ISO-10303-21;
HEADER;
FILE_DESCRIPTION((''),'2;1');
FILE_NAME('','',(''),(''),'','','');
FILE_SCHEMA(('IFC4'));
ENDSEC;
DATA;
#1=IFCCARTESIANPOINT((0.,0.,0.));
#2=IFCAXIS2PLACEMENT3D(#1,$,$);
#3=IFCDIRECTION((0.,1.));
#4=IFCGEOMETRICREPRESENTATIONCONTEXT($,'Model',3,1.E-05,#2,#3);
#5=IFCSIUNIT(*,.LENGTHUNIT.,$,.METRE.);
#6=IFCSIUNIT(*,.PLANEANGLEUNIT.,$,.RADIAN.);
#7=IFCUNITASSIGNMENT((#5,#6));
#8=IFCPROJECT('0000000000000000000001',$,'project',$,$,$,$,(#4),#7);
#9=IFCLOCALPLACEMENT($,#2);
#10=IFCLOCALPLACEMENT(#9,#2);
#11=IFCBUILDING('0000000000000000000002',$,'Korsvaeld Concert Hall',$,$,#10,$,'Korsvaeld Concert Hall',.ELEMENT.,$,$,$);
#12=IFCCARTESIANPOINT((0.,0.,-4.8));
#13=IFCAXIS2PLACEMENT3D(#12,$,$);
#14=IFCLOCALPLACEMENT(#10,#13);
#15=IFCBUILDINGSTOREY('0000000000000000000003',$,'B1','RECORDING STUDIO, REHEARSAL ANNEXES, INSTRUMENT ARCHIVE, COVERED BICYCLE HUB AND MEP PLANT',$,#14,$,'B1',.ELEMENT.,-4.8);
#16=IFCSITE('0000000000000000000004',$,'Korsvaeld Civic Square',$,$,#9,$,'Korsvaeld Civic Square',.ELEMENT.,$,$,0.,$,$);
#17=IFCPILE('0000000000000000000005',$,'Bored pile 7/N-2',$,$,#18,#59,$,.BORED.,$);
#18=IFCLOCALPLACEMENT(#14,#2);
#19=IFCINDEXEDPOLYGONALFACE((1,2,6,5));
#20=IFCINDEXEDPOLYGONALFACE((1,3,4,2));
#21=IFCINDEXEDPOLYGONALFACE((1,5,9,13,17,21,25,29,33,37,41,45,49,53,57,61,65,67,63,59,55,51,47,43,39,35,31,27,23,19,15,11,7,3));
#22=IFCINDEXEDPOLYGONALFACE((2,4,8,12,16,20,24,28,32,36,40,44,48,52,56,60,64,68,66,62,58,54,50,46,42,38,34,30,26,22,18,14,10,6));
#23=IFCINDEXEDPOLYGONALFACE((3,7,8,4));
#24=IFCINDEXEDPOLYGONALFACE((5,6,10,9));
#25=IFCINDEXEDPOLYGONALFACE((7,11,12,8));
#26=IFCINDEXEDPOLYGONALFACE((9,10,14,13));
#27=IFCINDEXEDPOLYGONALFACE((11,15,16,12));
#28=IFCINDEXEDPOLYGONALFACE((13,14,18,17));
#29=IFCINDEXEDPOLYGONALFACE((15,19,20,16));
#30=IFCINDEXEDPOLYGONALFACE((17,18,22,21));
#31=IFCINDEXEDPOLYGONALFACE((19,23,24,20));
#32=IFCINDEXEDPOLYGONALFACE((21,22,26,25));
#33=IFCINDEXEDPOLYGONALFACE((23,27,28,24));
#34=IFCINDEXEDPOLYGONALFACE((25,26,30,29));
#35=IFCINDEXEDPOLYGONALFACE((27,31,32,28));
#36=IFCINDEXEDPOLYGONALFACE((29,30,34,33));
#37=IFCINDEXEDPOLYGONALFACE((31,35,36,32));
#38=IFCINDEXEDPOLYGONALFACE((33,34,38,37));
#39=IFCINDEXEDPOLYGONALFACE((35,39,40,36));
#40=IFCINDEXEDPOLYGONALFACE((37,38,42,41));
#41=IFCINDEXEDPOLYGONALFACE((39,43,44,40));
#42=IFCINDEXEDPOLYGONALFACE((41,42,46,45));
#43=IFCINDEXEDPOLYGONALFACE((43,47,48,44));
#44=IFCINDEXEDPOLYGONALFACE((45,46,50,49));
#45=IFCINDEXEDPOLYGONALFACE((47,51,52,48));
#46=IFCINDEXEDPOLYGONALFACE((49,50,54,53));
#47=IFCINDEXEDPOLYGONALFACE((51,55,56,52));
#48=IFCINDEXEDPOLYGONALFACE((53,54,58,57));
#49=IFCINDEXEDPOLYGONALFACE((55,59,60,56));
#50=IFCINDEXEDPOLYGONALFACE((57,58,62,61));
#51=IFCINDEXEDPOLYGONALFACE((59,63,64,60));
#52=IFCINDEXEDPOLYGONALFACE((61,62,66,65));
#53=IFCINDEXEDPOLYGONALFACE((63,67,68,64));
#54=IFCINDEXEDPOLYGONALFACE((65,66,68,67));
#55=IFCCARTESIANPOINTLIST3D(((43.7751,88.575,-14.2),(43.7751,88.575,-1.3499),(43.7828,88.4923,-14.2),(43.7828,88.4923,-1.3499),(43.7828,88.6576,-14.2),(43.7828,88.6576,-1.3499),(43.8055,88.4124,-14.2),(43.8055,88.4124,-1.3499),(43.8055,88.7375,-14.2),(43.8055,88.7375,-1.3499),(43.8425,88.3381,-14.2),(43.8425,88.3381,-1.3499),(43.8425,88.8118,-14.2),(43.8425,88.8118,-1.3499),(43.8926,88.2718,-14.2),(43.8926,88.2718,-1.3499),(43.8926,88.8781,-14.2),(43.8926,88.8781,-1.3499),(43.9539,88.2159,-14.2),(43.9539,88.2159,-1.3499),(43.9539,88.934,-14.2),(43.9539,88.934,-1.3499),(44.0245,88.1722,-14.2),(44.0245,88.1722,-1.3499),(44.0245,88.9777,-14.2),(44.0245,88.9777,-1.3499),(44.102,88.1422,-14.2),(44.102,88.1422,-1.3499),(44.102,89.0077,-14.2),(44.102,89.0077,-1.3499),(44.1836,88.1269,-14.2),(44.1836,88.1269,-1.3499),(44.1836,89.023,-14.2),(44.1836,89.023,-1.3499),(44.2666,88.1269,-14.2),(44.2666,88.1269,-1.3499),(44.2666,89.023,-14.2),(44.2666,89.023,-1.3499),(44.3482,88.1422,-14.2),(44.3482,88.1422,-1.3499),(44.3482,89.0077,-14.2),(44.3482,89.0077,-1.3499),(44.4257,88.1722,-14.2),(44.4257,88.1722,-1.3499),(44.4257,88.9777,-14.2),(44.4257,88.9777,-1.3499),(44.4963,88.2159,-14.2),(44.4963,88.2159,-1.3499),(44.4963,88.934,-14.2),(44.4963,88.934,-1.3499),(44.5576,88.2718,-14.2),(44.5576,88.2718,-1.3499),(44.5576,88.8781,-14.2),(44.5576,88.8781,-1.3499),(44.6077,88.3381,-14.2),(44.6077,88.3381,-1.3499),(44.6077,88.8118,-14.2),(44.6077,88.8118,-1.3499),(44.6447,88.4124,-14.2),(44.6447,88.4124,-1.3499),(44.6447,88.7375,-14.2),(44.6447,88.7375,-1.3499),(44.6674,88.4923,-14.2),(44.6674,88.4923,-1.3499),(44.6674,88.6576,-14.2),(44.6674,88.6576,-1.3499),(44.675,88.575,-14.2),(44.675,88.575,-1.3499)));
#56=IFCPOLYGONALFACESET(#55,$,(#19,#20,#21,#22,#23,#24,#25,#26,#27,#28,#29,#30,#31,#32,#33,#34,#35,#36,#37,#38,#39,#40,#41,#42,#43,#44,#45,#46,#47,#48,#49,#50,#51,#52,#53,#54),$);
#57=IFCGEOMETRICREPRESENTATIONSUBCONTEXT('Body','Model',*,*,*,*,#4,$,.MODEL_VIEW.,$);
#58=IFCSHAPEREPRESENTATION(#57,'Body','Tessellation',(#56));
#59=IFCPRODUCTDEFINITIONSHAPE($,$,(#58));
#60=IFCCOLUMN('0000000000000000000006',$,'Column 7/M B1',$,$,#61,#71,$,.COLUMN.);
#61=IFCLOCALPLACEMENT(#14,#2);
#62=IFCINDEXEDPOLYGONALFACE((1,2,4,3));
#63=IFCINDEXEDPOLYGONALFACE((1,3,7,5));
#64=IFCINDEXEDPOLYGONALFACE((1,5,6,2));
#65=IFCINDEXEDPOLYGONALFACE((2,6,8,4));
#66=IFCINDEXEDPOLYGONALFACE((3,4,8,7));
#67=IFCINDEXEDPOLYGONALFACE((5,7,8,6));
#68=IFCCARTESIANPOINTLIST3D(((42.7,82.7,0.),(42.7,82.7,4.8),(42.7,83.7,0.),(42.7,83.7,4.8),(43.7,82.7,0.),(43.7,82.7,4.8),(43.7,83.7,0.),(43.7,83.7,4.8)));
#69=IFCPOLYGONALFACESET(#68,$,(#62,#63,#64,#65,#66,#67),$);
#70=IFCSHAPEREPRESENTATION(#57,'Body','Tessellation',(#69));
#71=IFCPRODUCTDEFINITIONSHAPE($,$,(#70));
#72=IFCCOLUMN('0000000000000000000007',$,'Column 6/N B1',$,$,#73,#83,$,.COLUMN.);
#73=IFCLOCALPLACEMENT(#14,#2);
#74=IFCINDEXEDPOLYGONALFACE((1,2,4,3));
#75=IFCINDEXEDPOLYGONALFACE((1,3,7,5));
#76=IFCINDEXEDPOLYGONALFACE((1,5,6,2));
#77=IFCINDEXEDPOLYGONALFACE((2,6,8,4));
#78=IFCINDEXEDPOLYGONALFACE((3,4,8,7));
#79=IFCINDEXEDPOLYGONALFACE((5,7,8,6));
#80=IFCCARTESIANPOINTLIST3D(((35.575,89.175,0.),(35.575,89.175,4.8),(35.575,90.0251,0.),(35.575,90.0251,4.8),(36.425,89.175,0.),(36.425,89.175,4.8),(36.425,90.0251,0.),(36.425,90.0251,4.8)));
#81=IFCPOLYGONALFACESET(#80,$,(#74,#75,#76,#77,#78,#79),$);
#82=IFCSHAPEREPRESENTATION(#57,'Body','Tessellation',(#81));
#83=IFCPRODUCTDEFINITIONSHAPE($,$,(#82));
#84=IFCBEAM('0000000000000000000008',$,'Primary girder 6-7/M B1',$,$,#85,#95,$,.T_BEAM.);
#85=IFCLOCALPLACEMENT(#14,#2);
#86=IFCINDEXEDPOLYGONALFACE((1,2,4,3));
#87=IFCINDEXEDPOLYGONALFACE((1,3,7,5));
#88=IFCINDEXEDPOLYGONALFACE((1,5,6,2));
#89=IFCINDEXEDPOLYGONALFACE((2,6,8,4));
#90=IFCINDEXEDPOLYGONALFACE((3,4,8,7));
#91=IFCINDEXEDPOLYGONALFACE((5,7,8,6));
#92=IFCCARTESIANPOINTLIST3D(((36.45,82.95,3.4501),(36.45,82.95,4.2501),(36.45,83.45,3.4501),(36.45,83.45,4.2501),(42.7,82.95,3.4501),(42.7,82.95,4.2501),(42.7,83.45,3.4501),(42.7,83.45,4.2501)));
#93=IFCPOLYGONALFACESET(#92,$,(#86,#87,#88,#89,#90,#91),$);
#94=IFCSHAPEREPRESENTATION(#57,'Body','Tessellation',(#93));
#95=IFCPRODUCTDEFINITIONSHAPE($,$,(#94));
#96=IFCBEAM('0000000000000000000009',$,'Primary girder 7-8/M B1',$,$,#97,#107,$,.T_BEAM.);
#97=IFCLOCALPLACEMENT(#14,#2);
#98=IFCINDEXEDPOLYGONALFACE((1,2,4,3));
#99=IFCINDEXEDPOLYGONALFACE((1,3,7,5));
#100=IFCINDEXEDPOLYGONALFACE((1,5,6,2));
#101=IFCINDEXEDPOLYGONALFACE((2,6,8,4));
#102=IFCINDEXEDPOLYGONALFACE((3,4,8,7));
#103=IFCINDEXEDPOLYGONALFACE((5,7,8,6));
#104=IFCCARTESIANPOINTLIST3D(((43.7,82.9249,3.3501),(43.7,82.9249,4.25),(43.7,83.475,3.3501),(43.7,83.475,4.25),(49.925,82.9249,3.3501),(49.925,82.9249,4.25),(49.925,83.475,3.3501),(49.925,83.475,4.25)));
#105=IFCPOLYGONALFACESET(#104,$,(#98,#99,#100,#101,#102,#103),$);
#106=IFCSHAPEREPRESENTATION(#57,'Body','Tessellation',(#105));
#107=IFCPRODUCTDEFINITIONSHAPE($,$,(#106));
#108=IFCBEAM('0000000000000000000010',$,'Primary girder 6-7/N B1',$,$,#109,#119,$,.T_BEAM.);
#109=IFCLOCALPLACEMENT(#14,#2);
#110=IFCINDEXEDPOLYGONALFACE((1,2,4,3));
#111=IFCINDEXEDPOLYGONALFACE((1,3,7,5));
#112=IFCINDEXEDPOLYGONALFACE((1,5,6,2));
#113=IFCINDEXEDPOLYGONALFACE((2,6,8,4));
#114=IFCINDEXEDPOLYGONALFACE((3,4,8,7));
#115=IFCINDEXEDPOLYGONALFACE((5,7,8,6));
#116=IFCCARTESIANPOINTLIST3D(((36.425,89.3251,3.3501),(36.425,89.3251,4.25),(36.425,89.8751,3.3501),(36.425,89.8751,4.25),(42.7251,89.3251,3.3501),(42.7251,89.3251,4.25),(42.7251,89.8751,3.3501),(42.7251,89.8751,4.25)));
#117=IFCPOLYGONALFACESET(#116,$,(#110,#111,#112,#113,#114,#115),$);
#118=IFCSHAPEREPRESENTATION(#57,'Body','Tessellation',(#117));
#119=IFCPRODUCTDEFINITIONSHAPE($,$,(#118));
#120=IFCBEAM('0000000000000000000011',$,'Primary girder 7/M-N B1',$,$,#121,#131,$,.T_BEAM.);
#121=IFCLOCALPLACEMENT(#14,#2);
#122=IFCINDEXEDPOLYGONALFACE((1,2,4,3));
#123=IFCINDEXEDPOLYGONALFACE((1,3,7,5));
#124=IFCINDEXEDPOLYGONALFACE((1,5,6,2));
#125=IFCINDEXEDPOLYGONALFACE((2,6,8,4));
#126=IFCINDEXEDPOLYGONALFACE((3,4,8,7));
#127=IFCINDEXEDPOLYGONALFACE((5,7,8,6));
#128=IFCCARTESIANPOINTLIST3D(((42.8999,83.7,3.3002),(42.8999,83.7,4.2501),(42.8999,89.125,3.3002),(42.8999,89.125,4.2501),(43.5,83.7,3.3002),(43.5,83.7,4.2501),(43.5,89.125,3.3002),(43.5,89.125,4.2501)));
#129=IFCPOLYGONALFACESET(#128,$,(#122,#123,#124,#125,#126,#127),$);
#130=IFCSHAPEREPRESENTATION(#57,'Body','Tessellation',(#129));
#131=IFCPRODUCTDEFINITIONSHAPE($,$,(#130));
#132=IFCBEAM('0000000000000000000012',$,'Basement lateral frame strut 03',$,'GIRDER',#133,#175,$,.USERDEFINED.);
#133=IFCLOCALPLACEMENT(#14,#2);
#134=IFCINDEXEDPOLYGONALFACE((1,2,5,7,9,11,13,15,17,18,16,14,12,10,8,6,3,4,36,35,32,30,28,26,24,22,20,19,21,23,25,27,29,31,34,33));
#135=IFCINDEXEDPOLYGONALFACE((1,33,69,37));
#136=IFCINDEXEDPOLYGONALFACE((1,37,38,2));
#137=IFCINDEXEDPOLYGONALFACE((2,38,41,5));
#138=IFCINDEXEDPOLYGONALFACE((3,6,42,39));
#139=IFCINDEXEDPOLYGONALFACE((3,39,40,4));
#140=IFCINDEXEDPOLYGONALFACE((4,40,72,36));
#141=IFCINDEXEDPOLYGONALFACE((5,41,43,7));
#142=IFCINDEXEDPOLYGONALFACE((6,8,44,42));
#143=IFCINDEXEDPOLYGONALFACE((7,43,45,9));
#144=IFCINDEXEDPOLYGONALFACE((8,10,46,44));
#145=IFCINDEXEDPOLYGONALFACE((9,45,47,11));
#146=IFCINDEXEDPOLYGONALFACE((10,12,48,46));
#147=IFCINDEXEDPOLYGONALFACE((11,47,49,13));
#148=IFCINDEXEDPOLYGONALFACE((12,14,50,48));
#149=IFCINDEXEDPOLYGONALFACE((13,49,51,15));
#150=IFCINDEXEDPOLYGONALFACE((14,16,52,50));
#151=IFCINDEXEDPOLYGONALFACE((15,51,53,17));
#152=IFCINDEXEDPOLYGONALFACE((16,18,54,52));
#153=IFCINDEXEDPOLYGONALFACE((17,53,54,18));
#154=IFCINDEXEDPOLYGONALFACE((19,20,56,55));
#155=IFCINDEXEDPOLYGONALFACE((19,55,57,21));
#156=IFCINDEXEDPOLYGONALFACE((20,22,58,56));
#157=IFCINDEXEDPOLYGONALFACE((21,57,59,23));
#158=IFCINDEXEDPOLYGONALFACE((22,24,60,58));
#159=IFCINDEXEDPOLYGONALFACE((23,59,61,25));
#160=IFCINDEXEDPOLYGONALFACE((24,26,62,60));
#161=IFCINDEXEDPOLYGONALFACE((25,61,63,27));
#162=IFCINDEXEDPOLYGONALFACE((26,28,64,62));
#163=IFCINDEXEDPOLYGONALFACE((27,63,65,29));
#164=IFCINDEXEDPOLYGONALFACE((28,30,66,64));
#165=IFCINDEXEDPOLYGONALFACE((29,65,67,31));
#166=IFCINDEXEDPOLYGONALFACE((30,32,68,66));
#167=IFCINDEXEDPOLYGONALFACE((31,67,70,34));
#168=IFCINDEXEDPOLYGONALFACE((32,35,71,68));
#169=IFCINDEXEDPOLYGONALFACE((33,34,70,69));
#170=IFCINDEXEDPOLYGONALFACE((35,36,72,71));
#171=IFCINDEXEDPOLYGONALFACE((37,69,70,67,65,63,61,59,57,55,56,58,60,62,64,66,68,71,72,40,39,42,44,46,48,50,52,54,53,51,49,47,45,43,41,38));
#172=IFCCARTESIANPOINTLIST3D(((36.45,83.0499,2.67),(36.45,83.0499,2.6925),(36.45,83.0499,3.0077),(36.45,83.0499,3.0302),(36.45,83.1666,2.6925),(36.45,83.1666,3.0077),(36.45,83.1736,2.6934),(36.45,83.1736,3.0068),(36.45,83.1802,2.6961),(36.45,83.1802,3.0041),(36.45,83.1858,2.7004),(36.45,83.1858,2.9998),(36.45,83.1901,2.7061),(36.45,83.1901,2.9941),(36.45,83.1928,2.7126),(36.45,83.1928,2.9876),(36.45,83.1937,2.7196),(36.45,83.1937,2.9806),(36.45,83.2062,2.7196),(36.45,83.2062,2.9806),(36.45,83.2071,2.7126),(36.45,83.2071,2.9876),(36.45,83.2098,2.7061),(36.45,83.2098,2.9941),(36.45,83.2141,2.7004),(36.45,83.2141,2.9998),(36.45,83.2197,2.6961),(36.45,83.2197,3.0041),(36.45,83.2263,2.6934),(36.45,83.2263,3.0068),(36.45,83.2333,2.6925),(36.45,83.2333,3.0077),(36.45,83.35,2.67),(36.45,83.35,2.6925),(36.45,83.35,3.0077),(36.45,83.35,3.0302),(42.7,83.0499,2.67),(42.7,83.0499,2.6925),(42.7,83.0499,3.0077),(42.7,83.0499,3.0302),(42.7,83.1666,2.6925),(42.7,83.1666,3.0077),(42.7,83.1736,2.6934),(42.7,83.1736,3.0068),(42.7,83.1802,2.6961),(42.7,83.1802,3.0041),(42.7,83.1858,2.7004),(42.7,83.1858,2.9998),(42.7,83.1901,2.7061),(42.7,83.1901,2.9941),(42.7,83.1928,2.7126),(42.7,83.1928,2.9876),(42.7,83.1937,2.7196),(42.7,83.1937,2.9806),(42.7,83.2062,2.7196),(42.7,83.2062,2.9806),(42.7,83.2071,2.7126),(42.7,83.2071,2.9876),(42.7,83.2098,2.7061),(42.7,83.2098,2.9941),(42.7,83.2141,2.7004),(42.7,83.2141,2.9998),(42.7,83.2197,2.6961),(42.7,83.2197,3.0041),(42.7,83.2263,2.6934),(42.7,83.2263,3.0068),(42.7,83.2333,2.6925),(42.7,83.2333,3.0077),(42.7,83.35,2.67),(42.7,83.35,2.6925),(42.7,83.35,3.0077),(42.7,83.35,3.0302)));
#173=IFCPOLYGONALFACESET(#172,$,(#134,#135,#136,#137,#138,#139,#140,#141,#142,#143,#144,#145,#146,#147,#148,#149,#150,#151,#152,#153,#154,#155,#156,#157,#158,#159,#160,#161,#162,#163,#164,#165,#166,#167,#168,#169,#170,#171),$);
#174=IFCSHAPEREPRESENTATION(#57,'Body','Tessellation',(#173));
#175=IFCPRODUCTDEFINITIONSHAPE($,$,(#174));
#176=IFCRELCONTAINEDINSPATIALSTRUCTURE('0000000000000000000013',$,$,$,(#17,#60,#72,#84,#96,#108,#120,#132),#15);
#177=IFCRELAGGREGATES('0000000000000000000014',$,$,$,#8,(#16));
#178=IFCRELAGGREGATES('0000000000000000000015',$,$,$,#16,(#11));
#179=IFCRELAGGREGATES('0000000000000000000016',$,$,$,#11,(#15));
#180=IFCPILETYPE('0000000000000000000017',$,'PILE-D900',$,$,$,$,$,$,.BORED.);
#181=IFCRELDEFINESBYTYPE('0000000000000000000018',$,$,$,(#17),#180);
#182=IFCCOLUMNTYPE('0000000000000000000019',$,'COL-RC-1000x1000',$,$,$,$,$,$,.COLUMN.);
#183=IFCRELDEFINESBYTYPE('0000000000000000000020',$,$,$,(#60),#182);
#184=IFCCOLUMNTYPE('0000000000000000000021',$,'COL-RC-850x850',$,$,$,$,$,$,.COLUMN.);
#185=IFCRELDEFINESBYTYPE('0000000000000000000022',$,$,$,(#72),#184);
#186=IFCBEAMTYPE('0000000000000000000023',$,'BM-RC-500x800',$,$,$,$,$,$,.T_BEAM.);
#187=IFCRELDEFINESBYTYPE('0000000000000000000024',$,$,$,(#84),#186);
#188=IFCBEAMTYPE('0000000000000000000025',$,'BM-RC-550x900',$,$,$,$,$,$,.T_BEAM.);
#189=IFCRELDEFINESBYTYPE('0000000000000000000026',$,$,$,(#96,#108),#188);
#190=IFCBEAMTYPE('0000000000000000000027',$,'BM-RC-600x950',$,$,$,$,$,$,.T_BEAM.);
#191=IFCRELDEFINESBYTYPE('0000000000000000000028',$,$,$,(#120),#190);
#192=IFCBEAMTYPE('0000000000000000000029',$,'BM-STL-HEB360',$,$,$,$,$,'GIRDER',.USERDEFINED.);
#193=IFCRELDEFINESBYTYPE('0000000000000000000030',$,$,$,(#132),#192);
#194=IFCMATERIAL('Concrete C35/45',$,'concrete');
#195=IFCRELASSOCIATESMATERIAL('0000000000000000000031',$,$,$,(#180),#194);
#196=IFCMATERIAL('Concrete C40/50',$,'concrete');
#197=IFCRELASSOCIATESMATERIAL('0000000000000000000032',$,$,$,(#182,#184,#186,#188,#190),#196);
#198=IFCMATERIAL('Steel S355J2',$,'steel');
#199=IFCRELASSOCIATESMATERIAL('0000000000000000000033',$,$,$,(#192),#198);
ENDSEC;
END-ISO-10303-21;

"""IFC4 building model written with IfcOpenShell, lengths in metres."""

from ifc_helpers import new_model, si_unit, direction, frame, origin, origin_2d, place, context, subcontext, project, spatial, rectangle, circle, i_section, extrude, material, material_profile, profile_set, type_object, element, save


model = new_model("IFC4")

# Units and contexts
model_context = context("Model", 3, precision=1e-05, world=origin(), true_north=direction((0.0, 1.0)))
body_context = subcontext(model_context, "Body", "Model", "MODEL_VIEW")
ifc_project = project(units=[si_unit("LENGTHUNIT", "METRE"), si_unit("PLANEANGLEUNIT", "RADIAN")], contexts=[model_context])

# Site, building, storey
site_placement = place(None, origin())
site = spatial("IfcSite", under=ifc_project, at=site_placement, Name="Korsvaeld Civic Square", LongName="Korsvaeld Civic Square", CompositionType="ELEMENT", RefElevation=0.0)
building_placement = place(site_placement, origin())
building = spatial("IfcBuilding", under=site, at=building_placement, Name="Korsvaeld Concert Hall", LongName="Korsvaeld Concert Hall", CompositionType="ELEMENT")
storey_placement = place(building_placement, frame((0.0, 0.0, -4.8)))
storey = spatial("IfcBuildingStorey", under=building, at=storey_placement, Name="B1", Description="RECORDING STUDIO, REHEARSAL ANNEXES, INSTRUMENT ARCHIVE, COVERED BICYCLE HUB AND MEP PLANT", LongName="B1", CompositionType="ELEMENT", Elevation=-4.8)

# Shared definitions
ifc_material_1 = material(Name="Concrete C35/45", Category="concrete")

# Pile
ifc_material_2 = material(Name="Concrete C40/50", Category="concrete")
ifc_material_profile_1 = material_profile(ifc_material_1, circle(Radius=0.45, at=origin_2d()), Name="BORED PILE D900")
ifc_profile_set_1 = profile_set([ifc_material_profile_1], Name="Concrete C35/45")
pile_type_1 = type_object("IfcPileType", Name="PILE-D900", PredefinedType="BORED", material=ifc_profile_set_1)
for number, where, z_axis, x_axis, name in (
    (1, (44.2251, 88.575, -1.3499), (0.0, 0.0, -1.0), (1.0, 0.0, 0.0), "Bored pile 7/N-2"),
):
    element("IfcPile", number, at=place(storey_placement, frame(where, z_axis=z_axis, x_axis=x_axis)), inside=storey, type_object=pile_type_1, Name=name, PredefinedType="BORED", context=body_context, shape_type="SweptSolid", body=[
        extrude(circle(Radius=0.45, at=origin_2d()), origin(), (0.0, 0.0, 1.0), 12.8501),
    ])

# Columns
ifc_material_profile_2 = material_profile(ifc_material_2, rectangle(XDim=1.0, YDim=1.0, at=origin_2d()), Name="RC 1000x1000")
ifc_profile_set_2 = profile_set([ifc_material_profile_2], Name="Concrete C40/50")
column_type_1 = type_object("IfcColumnType", Name="COL-RC-1000x1000", PredefinedType="COLUMN", material=ifc_profile_set_2)
column_1_placement = place(storey_placement, frame((43.2, 83.2, 0.0), z_axis=(0.0, 0.0, 1.0), x_axis=(1.0, 0.0, 0.0)))
element("IfcColumn", 2, at=column_1_placement, inside=storey, type_object=column_type_1, Name="Column 7/M B1", PredefinedType="COLUMN", context=body_context, shape_type="SweptSolid", body=[
    extrude(rectangle(XDim=1.0, YDim=1.0, at=origin_2d()), origin(), (0.0, 0.0, 1.0), 4.8),
])
ifc_material_profile_3 = material_profile(ifc_material_2, rectangle(XDim=0.8501, YDim=0.8501, at=origin_2d()), Name="RC 850x850")
ifc_profile_set_3 = profile_set([ifc_material_profile_3], Name="Concrete C40/50")
column_type_2 = type_object("IfcColumnType", Name="COL-RC-850x850", PredefinedType="COLUMN", material=ifc_profile_set_3)
column_2_placement = place(storey_placement, frame((36.0, 89.6001, 0.0), z_axis=(0.0, 0.0, 1.0), x_axis=(1.0, 0.0, 0.0)))
element("IfcColumn", 3, at=column_2_placement, inside=storey, type_object=column_type_2, Name="Column 6/N B1", PredefinedType="COLUMN", context=body_context, shape_type="SweptSolid", body=[
    extrude(rectangle(XDim=0.8501, YDim=0.8501, at=origin_2d()), origin(), (0.0, 0.0, 1.0), 4.8),
])

# Beams
ifc_material_profile_4 = material_profile(ifc_material_2, rectangle(XDim=0.5, YDim=0.8, at=origin_2d()), Name="RC 500x800")
ifc_profile_set_4 = profile_set([ifc_material_profile_4], Name="Concrete C40/50")
beam_type_1 = type_object("IfcBeamType", Name="BM-RC-500x800", PredefinedType="T_BEAM", material=ifc_profile_set_4)
beam_1_placement = place(storey_placement, frame((36.45, 83.2, 3.8501), z_axis=(1.0, 0.0, 0.0), x_axis=(0.0, 1.0, 0.0)))
element("IfcBeam", 4, at=beam_1_placement, inside=storey, type_object=beam_type_1, Name="Primary girder 6-7/M B1", PredefinedType="T_BEAM", context=body_context, shape_type="SweptSolid", body=[
    extrude(rectangle(XDim=0.5, YDim=0.8, at=origin_2d()), origin(), (0.0, 0.0, 1.0), 6.25),
])
ifc_material_profile_5 = material_profile(ifc_material_2, rectangle(XDim=0.55, YDim=0.8999, at=origin_2d()), Name="RC 550x900")
ifc_profile_set_5 = profile_set([ifc_material_profile_5], Name="Concrete C40/50")
beam_type_2 = type_object("IfcBeamType", Name="BM-RC-550x900", PredefinedType="T_BEAM", material=ifc_profile_set_5)
beam_2_placement = place(storey_placement, frame((43.7, 83.2, 3.8), z_axis=(1.0, 0.0, 0.0), x_axis=(0.0, 1.0, 0.0)))
element("IfcBeam", 5, at=beam_2_placement, inside=storey, type_object=beam_type_2, Name="Primary girder 7-8/M B1", PredefinedType="T_BEAM", context=body_context, shape_type="SweptSolid", body=[
    extrude(rectangle(XDim=0.55, YDim=0.8999, at=origin_2d()), origin(), (0.0, 0.0, 1.0), 6.2251),
])
beam_3_placement = place(storey_placement, frame((36.425, 89.6001, 3.8), z_axis=(1.0, 0.0, 0.0), x_axis=(0.0, 1.0, 0.0)))
element("IfcBeam", 6, at=beam_3_placement, inside=storey, type_object=beam_type_2, Name="Primary girder 6-7/N B1", PredefinedType="T_BEAM", context=body_context, shape_type="SweptSolid", body=[
    extrude(rectangle(XDim=0.55, YDim=0.8999, at=origin_2d()), origin(), (0.0, 0.0, 1.0), 6.3),
])
ifc_material_profile_6 = material_profile(ifc_material_2, rectangle(XDim=0.6001, YDim=0.95, at=origin_2d()), Name="RC 600x950")
ifc_profile_set_6 = profile_set([ifc_material_profile_6], Name="Concrete C40/50")
beam_type_3 = type_object("IfcBeamType", Name="BM-RC-600x950", PredefinedType="T_BEAM", material=ifc_profile_set_6)
beam_4_placement = place(storey_placement, frame((43.2, 83.7, 3.7751), z_axis=(0.0, 1.0, 0.0), x_axis=(-1.0, 0.0, 0.0)))
element("IfcBeam", 7, at=beam_4_placement, inside=storey, type_object=beam_type_3, Name="Primary girder 7/M-N B1", PredefinedType="T_BEAM", context=body_context, shape_type="SweptSolid", body=[
    extrude(rectangle(XDim=0.6001, YDim=0.95, at=origin_2d()), origin(), (0.0, 0.0, 1.0), 5.425),
])
ifc_material_3 = material(Name="Steel S355J2", Category="steel")
ifc_material_profile_7 = material_profile(ifc_material_3, i_section(OverallWidth=0.3, OverallDepth=0.3601, WebThickness=0.0125, FlangeThickness=0.0225, FilletRadius=0.0271, at=origin_2d()), Name="HEB 360")
ifc_profile_set_7 = profile_set([ifc_material_profile_7], Name="Steel S355J2")
beam_type_4 = type_object("IfcBeamType", Name="BM-STL-HEB360", ElementType="GIRDER", PredefinedType="USERDEFINED", material=ifc_profile_set_7)
beam_5_placement = place(storey_placement, frame((36.45, 83.2, 2.8501), z_axis=(1.0, 0.0, 0.0), x_axis=(0.0, 1.0, 0.0)))
element("IfcBeam", 8, at=beam_5_placement, inside=storey, type_object=beam_type_4, Name="Basement lateral frame strut 03", ObjectType="GIRDER", PredefinedType="USERDEFINED", context=body_context, shape_type="SweptSolid", body=[
    extrude(i_section(OverallWidth=0.3, OverallDepth=0.3601, WebThickness=0.0125, FlangeThickness=0.0225, FilletRadius=0.0271, at=origin_2d()), origin(), (0.0, 0.0, 1.0), 6.25),
])

save(model, "model.ifc")
